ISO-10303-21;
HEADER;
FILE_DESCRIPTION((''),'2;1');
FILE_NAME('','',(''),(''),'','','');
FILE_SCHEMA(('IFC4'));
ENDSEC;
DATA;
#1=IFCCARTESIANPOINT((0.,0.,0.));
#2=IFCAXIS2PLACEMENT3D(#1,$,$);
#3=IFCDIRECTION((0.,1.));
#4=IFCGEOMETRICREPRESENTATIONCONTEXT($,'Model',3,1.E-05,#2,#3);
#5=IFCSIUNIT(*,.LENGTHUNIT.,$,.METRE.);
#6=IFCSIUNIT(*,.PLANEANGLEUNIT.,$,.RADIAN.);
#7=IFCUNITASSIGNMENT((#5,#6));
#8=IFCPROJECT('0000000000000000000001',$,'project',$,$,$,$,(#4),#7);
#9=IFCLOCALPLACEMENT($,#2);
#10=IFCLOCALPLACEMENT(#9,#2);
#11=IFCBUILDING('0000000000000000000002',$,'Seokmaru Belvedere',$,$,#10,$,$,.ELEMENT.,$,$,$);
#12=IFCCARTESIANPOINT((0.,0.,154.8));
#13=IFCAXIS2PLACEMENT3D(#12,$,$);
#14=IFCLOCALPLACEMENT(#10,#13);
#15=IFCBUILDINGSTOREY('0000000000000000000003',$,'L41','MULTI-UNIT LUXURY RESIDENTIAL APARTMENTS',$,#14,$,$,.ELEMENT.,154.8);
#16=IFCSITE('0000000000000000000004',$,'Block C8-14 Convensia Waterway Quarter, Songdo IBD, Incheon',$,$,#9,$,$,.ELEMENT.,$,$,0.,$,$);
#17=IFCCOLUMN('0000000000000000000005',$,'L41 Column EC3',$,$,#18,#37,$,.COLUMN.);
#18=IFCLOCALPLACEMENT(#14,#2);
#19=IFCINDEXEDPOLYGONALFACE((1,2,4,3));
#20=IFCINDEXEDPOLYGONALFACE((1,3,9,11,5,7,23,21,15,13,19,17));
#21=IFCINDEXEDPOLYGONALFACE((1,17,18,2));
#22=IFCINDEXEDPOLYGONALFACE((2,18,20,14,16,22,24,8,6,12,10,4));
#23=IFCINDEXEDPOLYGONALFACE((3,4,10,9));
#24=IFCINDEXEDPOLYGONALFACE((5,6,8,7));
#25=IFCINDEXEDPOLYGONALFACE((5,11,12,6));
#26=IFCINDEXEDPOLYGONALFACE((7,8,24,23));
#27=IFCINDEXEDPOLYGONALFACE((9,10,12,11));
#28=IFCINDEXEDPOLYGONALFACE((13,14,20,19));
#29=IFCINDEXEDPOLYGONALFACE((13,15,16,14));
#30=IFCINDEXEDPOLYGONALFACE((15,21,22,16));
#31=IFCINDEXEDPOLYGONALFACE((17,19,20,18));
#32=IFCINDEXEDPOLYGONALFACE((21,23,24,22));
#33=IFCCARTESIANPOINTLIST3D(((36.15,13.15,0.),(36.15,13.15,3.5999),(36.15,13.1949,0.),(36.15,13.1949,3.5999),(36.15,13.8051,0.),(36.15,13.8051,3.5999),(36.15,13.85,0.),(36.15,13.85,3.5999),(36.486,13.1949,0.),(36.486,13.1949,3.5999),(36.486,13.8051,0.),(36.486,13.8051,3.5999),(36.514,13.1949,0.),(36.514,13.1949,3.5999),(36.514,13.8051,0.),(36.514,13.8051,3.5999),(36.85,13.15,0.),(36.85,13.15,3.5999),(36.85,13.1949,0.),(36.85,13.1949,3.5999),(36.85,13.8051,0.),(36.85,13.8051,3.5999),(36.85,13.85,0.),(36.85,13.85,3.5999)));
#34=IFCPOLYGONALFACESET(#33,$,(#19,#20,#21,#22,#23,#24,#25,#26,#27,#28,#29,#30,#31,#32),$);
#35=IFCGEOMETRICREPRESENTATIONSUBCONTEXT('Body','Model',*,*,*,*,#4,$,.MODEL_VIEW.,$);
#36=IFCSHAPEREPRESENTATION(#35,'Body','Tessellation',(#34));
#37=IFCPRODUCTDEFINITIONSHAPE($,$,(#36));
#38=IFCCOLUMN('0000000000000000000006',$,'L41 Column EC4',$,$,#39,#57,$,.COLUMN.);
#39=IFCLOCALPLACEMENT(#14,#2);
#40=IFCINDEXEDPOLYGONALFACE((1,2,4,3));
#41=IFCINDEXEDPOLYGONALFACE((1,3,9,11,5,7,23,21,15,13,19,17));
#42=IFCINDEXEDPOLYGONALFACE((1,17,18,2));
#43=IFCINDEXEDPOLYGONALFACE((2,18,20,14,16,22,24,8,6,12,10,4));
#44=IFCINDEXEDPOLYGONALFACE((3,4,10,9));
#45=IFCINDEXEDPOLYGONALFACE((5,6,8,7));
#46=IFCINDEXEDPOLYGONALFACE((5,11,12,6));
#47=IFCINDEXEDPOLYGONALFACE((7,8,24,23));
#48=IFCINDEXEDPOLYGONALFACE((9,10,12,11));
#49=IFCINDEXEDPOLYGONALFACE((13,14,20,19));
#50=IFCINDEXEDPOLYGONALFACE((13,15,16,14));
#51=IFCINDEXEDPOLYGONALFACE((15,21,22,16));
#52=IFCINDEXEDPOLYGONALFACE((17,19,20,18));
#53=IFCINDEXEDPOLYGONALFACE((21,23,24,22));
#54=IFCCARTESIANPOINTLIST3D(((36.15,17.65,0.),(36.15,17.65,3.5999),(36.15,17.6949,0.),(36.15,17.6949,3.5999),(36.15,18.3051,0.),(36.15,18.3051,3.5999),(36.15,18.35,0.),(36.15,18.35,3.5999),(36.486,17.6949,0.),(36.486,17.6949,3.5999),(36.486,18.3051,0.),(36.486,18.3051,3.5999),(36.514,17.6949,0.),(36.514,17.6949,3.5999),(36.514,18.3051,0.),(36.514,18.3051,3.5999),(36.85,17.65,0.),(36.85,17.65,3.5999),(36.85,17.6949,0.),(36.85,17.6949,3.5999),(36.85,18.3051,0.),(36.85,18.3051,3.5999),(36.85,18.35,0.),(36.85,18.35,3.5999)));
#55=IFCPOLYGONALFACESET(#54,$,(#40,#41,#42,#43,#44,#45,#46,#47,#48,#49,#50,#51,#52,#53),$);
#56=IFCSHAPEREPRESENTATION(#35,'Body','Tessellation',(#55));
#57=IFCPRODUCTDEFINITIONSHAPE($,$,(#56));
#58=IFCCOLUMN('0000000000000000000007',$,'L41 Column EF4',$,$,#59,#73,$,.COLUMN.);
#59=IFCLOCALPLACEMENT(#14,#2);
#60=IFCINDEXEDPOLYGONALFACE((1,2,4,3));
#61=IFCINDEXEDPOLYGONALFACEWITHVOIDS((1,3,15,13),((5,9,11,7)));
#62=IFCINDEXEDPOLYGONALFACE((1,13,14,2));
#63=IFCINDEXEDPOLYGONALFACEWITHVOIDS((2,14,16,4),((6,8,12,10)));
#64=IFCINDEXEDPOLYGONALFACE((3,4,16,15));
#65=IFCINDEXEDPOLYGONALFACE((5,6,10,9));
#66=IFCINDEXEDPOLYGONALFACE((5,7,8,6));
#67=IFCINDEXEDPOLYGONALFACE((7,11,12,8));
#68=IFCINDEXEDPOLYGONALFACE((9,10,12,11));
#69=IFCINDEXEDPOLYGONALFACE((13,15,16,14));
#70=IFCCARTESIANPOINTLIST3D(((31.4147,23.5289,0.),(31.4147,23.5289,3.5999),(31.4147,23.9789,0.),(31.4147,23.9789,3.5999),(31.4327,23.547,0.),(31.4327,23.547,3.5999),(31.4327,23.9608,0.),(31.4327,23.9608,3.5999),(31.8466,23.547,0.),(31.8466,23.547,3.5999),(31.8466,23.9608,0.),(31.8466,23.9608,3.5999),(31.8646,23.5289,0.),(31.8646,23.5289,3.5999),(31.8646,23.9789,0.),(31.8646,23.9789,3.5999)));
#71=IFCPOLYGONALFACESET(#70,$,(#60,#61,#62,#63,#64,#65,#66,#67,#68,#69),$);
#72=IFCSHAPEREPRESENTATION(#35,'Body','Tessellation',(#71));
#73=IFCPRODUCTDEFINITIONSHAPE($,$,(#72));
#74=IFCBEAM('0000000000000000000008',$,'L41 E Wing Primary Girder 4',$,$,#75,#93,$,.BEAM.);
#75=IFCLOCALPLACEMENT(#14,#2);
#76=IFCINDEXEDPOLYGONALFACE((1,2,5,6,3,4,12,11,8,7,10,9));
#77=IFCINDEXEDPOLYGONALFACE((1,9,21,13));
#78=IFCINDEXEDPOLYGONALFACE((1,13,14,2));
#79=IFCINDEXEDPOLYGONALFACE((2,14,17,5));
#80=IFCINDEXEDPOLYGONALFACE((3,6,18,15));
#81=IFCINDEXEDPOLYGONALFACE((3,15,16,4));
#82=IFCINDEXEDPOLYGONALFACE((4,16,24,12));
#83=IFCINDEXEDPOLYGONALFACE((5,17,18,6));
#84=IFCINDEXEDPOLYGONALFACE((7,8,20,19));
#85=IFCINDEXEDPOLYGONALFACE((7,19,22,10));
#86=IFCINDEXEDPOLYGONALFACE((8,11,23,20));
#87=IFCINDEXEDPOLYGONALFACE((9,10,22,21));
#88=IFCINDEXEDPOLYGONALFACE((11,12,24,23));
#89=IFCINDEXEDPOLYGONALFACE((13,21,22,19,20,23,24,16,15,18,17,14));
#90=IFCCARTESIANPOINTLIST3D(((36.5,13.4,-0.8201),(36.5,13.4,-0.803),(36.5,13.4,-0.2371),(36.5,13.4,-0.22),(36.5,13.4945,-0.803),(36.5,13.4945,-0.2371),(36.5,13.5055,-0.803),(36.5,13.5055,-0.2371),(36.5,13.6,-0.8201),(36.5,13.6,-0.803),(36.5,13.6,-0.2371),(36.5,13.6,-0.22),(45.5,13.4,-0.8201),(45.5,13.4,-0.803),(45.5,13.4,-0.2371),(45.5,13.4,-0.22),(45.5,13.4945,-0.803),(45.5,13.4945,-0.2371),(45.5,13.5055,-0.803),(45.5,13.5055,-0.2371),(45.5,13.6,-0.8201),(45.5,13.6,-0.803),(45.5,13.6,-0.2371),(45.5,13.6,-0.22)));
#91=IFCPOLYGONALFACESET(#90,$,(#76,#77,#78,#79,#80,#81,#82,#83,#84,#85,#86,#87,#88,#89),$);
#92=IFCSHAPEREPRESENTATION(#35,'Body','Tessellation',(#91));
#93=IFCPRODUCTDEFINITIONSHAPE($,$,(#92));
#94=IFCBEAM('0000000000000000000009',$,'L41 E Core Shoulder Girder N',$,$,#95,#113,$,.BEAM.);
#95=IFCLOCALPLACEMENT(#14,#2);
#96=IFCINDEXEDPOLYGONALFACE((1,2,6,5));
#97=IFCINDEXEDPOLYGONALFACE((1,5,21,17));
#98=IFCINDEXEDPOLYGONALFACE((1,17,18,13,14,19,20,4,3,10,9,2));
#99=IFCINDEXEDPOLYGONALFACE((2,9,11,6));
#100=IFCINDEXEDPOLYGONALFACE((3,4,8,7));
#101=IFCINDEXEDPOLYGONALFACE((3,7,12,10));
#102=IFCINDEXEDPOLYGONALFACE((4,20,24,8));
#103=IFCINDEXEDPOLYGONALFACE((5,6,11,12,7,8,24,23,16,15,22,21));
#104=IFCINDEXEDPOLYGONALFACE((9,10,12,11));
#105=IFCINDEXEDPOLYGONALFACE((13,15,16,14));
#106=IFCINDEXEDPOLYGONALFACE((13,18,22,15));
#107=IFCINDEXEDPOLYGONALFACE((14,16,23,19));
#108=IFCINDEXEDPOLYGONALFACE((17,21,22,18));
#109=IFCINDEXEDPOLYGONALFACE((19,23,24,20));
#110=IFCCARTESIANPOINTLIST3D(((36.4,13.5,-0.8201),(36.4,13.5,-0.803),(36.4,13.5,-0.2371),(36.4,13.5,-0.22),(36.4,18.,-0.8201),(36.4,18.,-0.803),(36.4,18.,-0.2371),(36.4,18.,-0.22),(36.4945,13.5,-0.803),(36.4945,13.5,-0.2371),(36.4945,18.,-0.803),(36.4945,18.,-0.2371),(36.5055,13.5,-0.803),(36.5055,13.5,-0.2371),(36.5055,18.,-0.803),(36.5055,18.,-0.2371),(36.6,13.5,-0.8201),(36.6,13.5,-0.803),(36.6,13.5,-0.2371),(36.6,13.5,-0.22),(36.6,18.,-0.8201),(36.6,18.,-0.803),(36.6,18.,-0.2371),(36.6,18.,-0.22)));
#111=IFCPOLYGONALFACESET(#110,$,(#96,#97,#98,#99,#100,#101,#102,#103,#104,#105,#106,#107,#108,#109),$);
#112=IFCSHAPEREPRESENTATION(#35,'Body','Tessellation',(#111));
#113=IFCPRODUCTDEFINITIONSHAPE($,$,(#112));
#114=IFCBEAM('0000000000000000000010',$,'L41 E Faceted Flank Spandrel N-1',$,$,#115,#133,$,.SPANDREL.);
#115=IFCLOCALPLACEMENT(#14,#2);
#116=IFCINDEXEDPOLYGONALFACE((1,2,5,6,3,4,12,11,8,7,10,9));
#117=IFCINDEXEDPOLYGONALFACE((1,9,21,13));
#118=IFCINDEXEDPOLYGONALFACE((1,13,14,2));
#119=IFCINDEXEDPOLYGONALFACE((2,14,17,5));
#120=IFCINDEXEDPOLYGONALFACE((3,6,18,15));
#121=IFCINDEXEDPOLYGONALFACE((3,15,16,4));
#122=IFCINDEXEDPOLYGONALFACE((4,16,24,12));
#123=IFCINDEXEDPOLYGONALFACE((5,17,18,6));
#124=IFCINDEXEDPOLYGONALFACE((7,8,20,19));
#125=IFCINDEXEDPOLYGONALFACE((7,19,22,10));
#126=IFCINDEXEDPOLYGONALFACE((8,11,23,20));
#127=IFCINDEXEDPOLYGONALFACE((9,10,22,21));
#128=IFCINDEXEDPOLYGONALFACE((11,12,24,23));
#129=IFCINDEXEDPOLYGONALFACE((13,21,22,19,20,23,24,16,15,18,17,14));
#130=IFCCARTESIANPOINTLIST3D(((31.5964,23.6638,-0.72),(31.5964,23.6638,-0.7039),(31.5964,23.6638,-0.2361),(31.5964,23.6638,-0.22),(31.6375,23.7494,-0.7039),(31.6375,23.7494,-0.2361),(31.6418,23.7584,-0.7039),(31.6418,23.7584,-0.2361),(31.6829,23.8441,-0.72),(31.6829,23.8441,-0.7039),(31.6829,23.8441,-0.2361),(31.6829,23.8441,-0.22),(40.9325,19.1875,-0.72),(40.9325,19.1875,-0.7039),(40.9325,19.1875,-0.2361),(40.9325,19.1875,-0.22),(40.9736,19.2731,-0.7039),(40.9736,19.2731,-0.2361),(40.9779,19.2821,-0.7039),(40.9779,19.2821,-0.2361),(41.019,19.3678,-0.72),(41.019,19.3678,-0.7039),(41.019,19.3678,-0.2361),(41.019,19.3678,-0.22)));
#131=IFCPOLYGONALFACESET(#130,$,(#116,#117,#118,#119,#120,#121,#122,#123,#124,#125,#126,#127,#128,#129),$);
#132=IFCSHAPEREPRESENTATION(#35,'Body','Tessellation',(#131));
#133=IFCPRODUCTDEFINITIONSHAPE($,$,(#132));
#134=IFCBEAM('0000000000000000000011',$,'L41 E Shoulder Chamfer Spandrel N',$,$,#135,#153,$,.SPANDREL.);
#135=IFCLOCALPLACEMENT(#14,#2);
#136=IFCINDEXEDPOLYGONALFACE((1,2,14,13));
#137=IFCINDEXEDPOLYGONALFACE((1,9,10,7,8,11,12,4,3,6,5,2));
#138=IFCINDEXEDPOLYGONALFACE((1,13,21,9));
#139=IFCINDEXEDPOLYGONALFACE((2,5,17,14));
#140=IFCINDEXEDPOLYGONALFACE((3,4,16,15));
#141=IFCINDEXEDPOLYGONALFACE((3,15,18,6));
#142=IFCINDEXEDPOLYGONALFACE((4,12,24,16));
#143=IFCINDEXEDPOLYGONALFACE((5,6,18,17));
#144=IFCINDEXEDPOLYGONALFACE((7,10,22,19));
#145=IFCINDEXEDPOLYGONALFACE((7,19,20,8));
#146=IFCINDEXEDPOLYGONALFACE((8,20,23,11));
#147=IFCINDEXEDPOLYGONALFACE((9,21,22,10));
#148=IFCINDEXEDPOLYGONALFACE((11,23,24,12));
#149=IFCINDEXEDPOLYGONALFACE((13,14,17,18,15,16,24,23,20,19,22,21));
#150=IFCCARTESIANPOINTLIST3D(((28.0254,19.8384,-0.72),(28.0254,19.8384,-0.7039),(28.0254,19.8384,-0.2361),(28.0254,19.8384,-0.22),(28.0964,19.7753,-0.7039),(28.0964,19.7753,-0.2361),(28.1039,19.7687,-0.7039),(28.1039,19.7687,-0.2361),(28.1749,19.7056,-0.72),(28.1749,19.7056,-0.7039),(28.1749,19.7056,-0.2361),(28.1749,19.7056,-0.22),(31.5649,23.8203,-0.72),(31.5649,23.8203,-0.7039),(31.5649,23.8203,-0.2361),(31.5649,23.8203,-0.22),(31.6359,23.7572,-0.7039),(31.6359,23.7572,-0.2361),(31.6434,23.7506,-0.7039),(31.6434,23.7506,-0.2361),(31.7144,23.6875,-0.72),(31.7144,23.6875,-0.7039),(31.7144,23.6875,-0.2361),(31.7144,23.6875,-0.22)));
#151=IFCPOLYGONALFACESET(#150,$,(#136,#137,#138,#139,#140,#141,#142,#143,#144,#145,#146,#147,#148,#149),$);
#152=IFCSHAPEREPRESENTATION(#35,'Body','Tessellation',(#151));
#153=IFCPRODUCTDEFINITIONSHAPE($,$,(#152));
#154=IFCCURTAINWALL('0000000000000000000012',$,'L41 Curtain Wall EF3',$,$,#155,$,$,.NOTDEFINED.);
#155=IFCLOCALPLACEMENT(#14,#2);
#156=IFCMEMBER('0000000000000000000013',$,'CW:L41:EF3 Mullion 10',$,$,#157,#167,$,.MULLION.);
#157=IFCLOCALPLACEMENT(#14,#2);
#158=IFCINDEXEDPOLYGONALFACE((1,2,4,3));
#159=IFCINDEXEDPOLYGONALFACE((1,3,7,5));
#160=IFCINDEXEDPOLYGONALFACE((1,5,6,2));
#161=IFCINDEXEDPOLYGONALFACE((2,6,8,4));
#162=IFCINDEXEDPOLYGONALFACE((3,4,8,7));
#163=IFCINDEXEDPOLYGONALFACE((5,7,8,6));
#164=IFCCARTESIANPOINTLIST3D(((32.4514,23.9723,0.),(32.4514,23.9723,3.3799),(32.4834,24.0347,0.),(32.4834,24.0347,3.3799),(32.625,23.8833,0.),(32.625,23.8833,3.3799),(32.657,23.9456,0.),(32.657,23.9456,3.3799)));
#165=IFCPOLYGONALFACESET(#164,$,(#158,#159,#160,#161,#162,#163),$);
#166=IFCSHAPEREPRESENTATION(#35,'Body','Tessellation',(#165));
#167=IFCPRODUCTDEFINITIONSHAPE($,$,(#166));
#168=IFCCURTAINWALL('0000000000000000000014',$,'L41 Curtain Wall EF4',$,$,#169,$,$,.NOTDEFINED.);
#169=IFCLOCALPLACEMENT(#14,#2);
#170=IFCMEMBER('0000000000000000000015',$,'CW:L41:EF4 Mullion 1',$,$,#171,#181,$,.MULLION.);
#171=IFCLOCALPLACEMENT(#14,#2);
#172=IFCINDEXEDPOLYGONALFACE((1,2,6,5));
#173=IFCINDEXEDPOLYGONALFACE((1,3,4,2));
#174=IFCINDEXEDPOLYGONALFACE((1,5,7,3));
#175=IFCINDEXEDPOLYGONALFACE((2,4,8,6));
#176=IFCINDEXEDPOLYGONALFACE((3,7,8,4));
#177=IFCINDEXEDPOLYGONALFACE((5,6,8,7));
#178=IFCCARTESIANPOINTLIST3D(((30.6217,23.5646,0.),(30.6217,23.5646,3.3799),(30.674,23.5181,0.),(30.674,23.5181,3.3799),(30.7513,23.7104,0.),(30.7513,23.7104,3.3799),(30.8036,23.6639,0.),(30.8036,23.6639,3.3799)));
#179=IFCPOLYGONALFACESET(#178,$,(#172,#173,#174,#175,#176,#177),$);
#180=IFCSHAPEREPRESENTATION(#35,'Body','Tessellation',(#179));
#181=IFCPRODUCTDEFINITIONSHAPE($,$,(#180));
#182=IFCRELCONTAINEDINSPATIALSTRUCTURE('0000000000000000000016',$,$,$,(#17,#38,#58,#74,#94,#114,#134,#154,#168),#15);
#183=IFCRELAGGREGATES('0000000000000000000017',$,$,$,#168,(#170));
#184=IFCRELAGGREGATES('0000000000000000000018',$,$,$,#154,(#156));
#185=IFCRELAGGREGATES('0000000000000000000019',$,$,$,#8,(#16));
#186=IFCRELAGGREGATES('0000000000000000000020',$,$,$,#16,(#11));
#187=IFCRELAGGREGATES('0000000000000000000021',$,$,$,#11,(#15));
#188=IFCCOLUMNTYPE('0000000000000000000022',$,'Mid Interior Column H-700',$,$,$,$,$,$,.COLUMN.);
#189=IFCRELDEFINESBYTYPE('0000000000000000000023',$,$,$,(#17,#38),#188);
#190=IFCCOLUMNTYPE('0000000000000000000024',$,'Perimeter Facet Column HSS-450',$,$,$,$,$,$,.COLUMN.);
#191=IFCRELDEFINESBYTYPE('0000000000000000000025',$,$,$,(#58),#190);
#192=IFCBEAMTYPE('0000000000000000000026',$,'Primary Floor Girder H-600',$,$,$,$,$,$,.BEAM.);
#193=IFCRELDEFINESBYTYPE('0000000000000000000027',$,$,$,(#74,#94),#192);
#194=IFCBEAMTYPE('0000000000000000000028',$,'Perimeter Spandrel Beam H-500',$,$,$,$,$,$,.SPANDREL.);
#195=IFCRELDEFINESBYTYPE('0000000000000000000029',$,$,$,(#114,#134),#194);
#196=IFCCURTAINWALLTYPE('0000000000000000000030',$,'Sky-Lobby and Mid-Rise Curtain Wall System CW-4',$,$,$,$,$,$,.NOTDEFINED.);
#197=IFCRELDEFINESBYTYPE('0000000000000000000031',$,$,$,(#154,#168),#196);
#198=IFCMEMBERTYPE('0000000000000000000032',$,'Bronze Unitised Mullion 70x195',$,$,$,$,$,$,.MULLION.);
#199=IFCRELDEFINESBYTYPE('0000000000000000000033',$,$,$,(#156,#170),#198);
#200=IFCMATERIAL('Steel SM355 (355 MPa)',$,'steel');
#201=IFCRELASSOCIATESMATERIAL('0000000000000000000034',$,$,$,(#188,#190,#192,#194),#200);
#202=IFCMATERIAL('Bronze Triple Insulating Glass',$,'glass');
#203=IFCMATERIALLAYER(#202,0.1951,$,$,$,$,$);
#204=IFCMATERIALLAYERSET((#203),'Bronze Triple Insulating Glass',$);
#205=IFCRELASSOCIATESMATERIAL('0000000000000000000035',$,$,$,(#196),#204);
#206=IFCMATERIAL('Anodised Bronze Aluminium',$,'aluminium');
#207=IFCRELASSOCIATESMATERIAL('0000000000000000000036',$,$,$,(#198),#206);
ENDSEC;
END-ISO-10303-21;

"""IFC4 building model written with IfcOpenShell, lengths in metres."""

from ifc_helpers import new_model, si_unit, direction, frame, origin, origin_2d, place, context, subcontext, project, spatial, rectangle, hollow_rectangle, i_section, extrude, source, transform, mapped, material, layer, layer_set, material_profile, profile_set, type_object, type_shapes, element, aggregate, save


model = new_model("IFC4")

# Units and contexts
model_context = context("Model", 3, precision=1e-05, world=origin(), true_north=direction((0.0, 1.0)))
body_context = subcontext(model_context, "Body", "Model", "MODEL_VIEW")
ifc_project = project(units=[si_unit("LENGTHUNIT", "METRE"), si_unit("PLANEANGLEUNIT", "RADIAN")], contexts=[model_context])

# Site, building, storey
site_placement = place(None, origin())
site = spatial("IfcSite", under=ifc_project, at=site_placement, Name="Block C8-14 Convensia Waterway Quarter, Songdo IBD, Incheon", CompositionType="ELEMENT", RefElevation=0.0)
building_placement = place(site_placement, origin())
building = spatial("IfcBuilding", under=site, at=building_placement, Name="Seokmaru Belvedere", CompositionType="ELEMENT")
storey_placement = place(building_placement, frame((0.0, 0.0, 154.8)))
storey = spatial("IfcBuildingStorey", under=building, at=storey_placement, Name="L41", Description="MULTI-UNIT LUXURY RESIDENTIAL APARTMENTS", CompositionType="ELEMENT", Elevation=154.8)

# Columns
ifc_material_1 = material(Name="Steel SM355 (355 MPa)", Category="steel")
ifc_material_profile_1 = material_profile(ifc_material_1, i_section(OverallWidth=0.7, OverallDepth=0.7, WebThickness=0.0281, FlangeThickness=0.0449, at=origin_2d()), Name="H-700x700x28x45")
ifc_profile_set_1 = profile_set([ifc_material_profile_1], Name="Steel SM355 (355 MPa)")
column_type_1 = type_object("IfcColumnType", Name="Mid Interior Column H-700", PredefinedType="COLUMN", material=ifc_profile_set_1)
shared_shape_1 = source(origin(), body_context, "Body", "SweptSolid", [
    extrude(i_section(OverallWidth=0.7, OverallDepth=0.7, WebThickness=0.0281, FlangeThickness=0.0449, at=origin_2d()), origin(), (0.0, 0.0, 1.0), 3.5999),
])
type_shapes(column_type_1, [shared_shape_1])
for number, where, z_axis, x_axis, name in (
    (1, (36.5, 13.5, 0.0), (0.0, 0.0, 1.0), (1.0, 0.0, 0.0), "L41 Column EC3"),
    (2, (36.5, 18.0, 0.0), (0.0, 0.0, 1.0), (1.0, 0.0, 0.0), "L41 Column EC4"),
):
    element("IfcColumn", number, at=place(storey_placement, frame(where, z_axis=z_axis, x_axis=x_axis)), inside=storey, type_object=column_type_1, Name=name, PredefinedType="COLUMN", context=body_context, shape_type="MappedRepresentation", body=[
        mapped(shared_shape_1, transform((0.0, 0.0, 0.0), scale=1.0)),
    ])
ifc_material_profile_2 = material_profile(ifc_material_1, hollow_rectangle(XDim=0.45, YDim=0.45, WallThickness=0.0181, at=origin_2d()), Name="HSS-450x450x18")
ifc_profile_set_2 = profile_set([ifc_material_profile_2], Name="Steel SM355 (355 MPa)")
column_type_2 = type_object("IfcColumnType", Name="Perimeter Facet Column HSS-450", PredefinedType="COLUMN", material=ifc_profile_set_2)
shared_shape_2 = source(origin(), body_context, "Body", "SweptSolid", [
    extrude(hollow_rectangle(XDim=0.45, YDim=0.45, WallThickness=0.0181, at=origin_2d()), origin(), (0.0, 0.0, 1.0), 3.5999),
])
type_shapes(column_type_2, [shared_shape_2])
column_placement = place(storey_placement, frame((31.6396, 23.7539, 0.0), z_axis=(0.0, 0.0, 1.0), x_axis=(1.0, 0.0, 0.0)))
element("IfcColumn", 3, at=column_placement, inside=storey, type_object=column_type_2, Name="L41 Column EF4", PredefinedType="COLUMN", context=body_context, shape_type="MappedRepresentation", body=[
    mapped(shared_shape_2, transform((0.0, 0.0, 0.0), scale=1.0)),
])

# Beams
ifc_material_profile_3 = material_profile(ifc_material_1, i_section(OverallWidth=0.2, OverallDepth=0.6001, WebThickness=0.011, FlangeThickness=0.0171, at=origin_2d()), Name="H-600x200x11x17")
ifc_profile_set_3 = profile_set([ifc_material_profile_3], Name="Steel SM355 (355 MPa)")
beam_type_1 = type_object("IfcBeamType", Name="Primary Floor Girder H-600", PredefinedType="BEAM", material=ifc_profile_set_3)
shared_shape_3 = source(origin(), body_context, "Body", "SweptSolid", [
    extrude(i_section(OverallWidth=0.2, OverallDepth=0.6001, WebThickness=0.011, FlangeThickness=0.0171, at=origin_2d()), origin(), (0.0, 0.0, 1.0), 9.0),
])
beam_1_placement = place(storey_placement, frame((36.5, 13.5, -0.52), z_axis=(1.0, 0.0, 0.0), x_axis=(0.0, 1.0, 0.0)))
element("IfcBeam", 4, at=beam_1_placement, inside=storey, type_object=beam_type_1, Name="L41 E Wing Primary Girder 4", PredefinedType="BEAM", context=body_context, shape_type="MappedRepresentation", body=[
    mapped(shared_shape_3, transform((0.0, 0.0, 0.0), scale=1.0)),
])
shared_shape_4 = source(origin(), body_context, "Body", "SweptSolid", [
    extrude(i_section(OverallWidth=0.2, OverallDepth=0.6001, WebThickness=0.011, FlangeThickness=0.0171, at=origin_2d()), origin(), (0.0, 0.0, 1.0), 4.5),
])
type_shapes(beam_type_1, [shared_shape_3, shared_shape_4])
beam_2_placement = place(storey_placement, frame((36.5, 13.5, -0.52), z_axis=(0.0, 1.0, 0.0), x_axis=(-1.0, 0.0, 0.0)))
element("IfcBeam", 5, at=beam_2_placement, inside=storey, type_object=beam_type_1, Name="L41 E Core Shoulder Girder N", PredefinedType="BEAM", context=body_context, shape_type="MappedRepresentation", body=[
    mapped(shared_shape_4, transform((0.0, 0.0, 0.0), scale=1.0)),
])
ifc_material_profile_4 = material_profile(ifc_material_1, i_section(OverallWidth=0.2, OverallDepth=0.5, WebThickness=0.01, FlangeThickness=0.0161, at=origin_2d()), Name="H-500x200x10x16")
ifc_profile_set_4 = profile_set([ifc_material_profile_4], Name="Steel SM355 (355 MPa)")
beam_type_2 = type_object("IfcBeamType", Name="Perimeter Spandrel Beam H-500", PredefinedType="SPANDREL", material=ifc_profile_set_4)
shared_shape_5 = source(origin(), body_context, "Body", "SweptSolid", [
    extrude(i_section(OverallWidth=0.2, OverallDepth=0.5, WebThickness=0.01, FlangeThickness=0.0161, at=origin_2d()), origin(), (0.0, 0.0, 1.0), 10.3538),
])
beam_3_placement = place(storey_placement, frame((31.6396, 23.7539, -0.47), z_axis=(0.901713, -0.432335, 0.0), x_axis=(0.432335, 0.901713, 0.0)))
element("IfcBeam", 6, at=beam_3_placement, inside=storey, type_object=beam_type_2, Name="L41 E Faceted Flank Spandrel N-1", PredefinedType="SPANDREL", context=body_context, shape_type="MappedRepresentation", body=[
    mapped(shared_shape_5, transform((0.0, 0.0, 0.0), scale=1.0)),
])
shared_shape_6 = source(origin(), body_context, "Body", "SweptSolid", [
    extrude(i_section(OverallWidth=0.2, OverallDepth=0.5, WebThickness=0.01, FlangeThickness=0.0161, at=origin_2d()), origin(), (0.0, 0.0, 1.0), 5.3276),
])
type_shapes(beam_type_2, [shared_shape_5, shared_shape_6])
beam_4_placement = place(storey_placement, frame((31.6396, 23.7539, -0.47), z_axis=(-0.66437, -0.747404, 0.0), x_axis=(0.747404, -0.66437, 0.0)))
element("IfcBeam", 7, at=beam_4_placement, inside=storey, type_object=beam_type_2, Name="L41 E Shoulder Chamfer Spandrel N", PredefinedType="SPANDREL", context=body_context, shape_type="MappedRepresentation", body=[
    mapped(shared_shape_6, transform((0.0, 0.0, 0.0), scale=1.0)),
])

# Curtain wall, member
ifc_material_2 = material(Name="Bronze Triple Insulating Glass", Category="glass")
ifc_layer_1 = layer(ifc_material_2, 0.1951)
ifc_layer_set_1 = layer_set([ifc_layer_1], Name="Bronze Triple Insulating Glass")
curtain_wall_type = type_object("IfcCurtainWallType", Name="Sky-Lobby and Mid-Rise Curtain Wall System CW-4", PredefinedType="NOTDEFINED", material=ifc_layer_set_1)
curtain_wall_1_placement = place(storey_placement, origin())
curtain_wall_1 = element("IfcCurtainWall", 8, at=curtain_wall_1_placement, inside=storey, type_object=curtain_wall_type, Name="L41 Curtain Wall EF3", PredefinedType="NOTDEFINED")
ifc_material_3 = material(Name="Anodised Bronze Aluminium", Category="aluminium")
ifc_material_profile_5 = material_profile(ifc_material_3, rectangle(XDim=0.0701, YDim=0.1951, at=origin_2d()), Name="CW-M-70x195")
ifc_profile_set_5 = profile_set([ifc_material_profile_5], Name="Anodised Bronze Aluminium")
member_type_1 = type_object("IfcMemberType", Name="Bronze Unitised Mullion 70x195", PredefinedType="MULLION", material=ifc_profile_set_5)
shared_shape_7 = source(origin(), body_context, "Body", "SweptSolid", [
    extrude(rectangle(XDim=0.0701, YDim=0.1951, at=origin_2d()), origin(), (0.0, 0.0, 1.0), 3.3799),
])
type_shapes(member_type_1, [shared_shape_7])
member_1_placement = place(storey_placement, frame((32.5542, 23.959, 0.0), z_axis=(0.0, 0.0, 1.0), x_axis=(-0.456555, -0.889695, 0.0)))
member_1 = element("IfcMember", 9, at=member_1_placement, type_object=member_type_1, Name="CW:L41:EF3 Mullion 10", PredefinedType="MULLION", context=body_context, shape_type="MappedRepresentation", body=[
    mapped(shared_shape_7, transform((0.0, 0.0, 0.0), scale=1.0)),
])

# Curtain wall, member
curtain_wall_2_placement = place(storey_placement, origin())
curtain_wall_2 = element("IfcCurtainWall", 10, at=curtain_wall_2_placement, inside=storey, type_object=curtain_wall_type, Name="L41 Curtain Wall EF4", PredefinedType="NOTDEFINED")
member_2_placement = place(storey_placement, frame((30.7126, 23.6143, 0.0), z_axis=(0.0, 0.0, 1.0), x_axis=(0.74741, -0.664363, 0.0)))
member_2 = element("IfcMember", 11, at=member_2_placement, type_object=member_type_1, Name="CW:L41:EF4 Mullion 1", PredefinedType="MULLION", context=body_context, shape_type="MappedRepresentation", body=[
    mapped(shared_shape_7, transform((0.0, 0.0, 0.0), scale=1.0)),
])
aggregate(curtain_wall_2, [member_2])

aggregate(curtain_wall_1, [member_1])

save(model, "model.ifc")
